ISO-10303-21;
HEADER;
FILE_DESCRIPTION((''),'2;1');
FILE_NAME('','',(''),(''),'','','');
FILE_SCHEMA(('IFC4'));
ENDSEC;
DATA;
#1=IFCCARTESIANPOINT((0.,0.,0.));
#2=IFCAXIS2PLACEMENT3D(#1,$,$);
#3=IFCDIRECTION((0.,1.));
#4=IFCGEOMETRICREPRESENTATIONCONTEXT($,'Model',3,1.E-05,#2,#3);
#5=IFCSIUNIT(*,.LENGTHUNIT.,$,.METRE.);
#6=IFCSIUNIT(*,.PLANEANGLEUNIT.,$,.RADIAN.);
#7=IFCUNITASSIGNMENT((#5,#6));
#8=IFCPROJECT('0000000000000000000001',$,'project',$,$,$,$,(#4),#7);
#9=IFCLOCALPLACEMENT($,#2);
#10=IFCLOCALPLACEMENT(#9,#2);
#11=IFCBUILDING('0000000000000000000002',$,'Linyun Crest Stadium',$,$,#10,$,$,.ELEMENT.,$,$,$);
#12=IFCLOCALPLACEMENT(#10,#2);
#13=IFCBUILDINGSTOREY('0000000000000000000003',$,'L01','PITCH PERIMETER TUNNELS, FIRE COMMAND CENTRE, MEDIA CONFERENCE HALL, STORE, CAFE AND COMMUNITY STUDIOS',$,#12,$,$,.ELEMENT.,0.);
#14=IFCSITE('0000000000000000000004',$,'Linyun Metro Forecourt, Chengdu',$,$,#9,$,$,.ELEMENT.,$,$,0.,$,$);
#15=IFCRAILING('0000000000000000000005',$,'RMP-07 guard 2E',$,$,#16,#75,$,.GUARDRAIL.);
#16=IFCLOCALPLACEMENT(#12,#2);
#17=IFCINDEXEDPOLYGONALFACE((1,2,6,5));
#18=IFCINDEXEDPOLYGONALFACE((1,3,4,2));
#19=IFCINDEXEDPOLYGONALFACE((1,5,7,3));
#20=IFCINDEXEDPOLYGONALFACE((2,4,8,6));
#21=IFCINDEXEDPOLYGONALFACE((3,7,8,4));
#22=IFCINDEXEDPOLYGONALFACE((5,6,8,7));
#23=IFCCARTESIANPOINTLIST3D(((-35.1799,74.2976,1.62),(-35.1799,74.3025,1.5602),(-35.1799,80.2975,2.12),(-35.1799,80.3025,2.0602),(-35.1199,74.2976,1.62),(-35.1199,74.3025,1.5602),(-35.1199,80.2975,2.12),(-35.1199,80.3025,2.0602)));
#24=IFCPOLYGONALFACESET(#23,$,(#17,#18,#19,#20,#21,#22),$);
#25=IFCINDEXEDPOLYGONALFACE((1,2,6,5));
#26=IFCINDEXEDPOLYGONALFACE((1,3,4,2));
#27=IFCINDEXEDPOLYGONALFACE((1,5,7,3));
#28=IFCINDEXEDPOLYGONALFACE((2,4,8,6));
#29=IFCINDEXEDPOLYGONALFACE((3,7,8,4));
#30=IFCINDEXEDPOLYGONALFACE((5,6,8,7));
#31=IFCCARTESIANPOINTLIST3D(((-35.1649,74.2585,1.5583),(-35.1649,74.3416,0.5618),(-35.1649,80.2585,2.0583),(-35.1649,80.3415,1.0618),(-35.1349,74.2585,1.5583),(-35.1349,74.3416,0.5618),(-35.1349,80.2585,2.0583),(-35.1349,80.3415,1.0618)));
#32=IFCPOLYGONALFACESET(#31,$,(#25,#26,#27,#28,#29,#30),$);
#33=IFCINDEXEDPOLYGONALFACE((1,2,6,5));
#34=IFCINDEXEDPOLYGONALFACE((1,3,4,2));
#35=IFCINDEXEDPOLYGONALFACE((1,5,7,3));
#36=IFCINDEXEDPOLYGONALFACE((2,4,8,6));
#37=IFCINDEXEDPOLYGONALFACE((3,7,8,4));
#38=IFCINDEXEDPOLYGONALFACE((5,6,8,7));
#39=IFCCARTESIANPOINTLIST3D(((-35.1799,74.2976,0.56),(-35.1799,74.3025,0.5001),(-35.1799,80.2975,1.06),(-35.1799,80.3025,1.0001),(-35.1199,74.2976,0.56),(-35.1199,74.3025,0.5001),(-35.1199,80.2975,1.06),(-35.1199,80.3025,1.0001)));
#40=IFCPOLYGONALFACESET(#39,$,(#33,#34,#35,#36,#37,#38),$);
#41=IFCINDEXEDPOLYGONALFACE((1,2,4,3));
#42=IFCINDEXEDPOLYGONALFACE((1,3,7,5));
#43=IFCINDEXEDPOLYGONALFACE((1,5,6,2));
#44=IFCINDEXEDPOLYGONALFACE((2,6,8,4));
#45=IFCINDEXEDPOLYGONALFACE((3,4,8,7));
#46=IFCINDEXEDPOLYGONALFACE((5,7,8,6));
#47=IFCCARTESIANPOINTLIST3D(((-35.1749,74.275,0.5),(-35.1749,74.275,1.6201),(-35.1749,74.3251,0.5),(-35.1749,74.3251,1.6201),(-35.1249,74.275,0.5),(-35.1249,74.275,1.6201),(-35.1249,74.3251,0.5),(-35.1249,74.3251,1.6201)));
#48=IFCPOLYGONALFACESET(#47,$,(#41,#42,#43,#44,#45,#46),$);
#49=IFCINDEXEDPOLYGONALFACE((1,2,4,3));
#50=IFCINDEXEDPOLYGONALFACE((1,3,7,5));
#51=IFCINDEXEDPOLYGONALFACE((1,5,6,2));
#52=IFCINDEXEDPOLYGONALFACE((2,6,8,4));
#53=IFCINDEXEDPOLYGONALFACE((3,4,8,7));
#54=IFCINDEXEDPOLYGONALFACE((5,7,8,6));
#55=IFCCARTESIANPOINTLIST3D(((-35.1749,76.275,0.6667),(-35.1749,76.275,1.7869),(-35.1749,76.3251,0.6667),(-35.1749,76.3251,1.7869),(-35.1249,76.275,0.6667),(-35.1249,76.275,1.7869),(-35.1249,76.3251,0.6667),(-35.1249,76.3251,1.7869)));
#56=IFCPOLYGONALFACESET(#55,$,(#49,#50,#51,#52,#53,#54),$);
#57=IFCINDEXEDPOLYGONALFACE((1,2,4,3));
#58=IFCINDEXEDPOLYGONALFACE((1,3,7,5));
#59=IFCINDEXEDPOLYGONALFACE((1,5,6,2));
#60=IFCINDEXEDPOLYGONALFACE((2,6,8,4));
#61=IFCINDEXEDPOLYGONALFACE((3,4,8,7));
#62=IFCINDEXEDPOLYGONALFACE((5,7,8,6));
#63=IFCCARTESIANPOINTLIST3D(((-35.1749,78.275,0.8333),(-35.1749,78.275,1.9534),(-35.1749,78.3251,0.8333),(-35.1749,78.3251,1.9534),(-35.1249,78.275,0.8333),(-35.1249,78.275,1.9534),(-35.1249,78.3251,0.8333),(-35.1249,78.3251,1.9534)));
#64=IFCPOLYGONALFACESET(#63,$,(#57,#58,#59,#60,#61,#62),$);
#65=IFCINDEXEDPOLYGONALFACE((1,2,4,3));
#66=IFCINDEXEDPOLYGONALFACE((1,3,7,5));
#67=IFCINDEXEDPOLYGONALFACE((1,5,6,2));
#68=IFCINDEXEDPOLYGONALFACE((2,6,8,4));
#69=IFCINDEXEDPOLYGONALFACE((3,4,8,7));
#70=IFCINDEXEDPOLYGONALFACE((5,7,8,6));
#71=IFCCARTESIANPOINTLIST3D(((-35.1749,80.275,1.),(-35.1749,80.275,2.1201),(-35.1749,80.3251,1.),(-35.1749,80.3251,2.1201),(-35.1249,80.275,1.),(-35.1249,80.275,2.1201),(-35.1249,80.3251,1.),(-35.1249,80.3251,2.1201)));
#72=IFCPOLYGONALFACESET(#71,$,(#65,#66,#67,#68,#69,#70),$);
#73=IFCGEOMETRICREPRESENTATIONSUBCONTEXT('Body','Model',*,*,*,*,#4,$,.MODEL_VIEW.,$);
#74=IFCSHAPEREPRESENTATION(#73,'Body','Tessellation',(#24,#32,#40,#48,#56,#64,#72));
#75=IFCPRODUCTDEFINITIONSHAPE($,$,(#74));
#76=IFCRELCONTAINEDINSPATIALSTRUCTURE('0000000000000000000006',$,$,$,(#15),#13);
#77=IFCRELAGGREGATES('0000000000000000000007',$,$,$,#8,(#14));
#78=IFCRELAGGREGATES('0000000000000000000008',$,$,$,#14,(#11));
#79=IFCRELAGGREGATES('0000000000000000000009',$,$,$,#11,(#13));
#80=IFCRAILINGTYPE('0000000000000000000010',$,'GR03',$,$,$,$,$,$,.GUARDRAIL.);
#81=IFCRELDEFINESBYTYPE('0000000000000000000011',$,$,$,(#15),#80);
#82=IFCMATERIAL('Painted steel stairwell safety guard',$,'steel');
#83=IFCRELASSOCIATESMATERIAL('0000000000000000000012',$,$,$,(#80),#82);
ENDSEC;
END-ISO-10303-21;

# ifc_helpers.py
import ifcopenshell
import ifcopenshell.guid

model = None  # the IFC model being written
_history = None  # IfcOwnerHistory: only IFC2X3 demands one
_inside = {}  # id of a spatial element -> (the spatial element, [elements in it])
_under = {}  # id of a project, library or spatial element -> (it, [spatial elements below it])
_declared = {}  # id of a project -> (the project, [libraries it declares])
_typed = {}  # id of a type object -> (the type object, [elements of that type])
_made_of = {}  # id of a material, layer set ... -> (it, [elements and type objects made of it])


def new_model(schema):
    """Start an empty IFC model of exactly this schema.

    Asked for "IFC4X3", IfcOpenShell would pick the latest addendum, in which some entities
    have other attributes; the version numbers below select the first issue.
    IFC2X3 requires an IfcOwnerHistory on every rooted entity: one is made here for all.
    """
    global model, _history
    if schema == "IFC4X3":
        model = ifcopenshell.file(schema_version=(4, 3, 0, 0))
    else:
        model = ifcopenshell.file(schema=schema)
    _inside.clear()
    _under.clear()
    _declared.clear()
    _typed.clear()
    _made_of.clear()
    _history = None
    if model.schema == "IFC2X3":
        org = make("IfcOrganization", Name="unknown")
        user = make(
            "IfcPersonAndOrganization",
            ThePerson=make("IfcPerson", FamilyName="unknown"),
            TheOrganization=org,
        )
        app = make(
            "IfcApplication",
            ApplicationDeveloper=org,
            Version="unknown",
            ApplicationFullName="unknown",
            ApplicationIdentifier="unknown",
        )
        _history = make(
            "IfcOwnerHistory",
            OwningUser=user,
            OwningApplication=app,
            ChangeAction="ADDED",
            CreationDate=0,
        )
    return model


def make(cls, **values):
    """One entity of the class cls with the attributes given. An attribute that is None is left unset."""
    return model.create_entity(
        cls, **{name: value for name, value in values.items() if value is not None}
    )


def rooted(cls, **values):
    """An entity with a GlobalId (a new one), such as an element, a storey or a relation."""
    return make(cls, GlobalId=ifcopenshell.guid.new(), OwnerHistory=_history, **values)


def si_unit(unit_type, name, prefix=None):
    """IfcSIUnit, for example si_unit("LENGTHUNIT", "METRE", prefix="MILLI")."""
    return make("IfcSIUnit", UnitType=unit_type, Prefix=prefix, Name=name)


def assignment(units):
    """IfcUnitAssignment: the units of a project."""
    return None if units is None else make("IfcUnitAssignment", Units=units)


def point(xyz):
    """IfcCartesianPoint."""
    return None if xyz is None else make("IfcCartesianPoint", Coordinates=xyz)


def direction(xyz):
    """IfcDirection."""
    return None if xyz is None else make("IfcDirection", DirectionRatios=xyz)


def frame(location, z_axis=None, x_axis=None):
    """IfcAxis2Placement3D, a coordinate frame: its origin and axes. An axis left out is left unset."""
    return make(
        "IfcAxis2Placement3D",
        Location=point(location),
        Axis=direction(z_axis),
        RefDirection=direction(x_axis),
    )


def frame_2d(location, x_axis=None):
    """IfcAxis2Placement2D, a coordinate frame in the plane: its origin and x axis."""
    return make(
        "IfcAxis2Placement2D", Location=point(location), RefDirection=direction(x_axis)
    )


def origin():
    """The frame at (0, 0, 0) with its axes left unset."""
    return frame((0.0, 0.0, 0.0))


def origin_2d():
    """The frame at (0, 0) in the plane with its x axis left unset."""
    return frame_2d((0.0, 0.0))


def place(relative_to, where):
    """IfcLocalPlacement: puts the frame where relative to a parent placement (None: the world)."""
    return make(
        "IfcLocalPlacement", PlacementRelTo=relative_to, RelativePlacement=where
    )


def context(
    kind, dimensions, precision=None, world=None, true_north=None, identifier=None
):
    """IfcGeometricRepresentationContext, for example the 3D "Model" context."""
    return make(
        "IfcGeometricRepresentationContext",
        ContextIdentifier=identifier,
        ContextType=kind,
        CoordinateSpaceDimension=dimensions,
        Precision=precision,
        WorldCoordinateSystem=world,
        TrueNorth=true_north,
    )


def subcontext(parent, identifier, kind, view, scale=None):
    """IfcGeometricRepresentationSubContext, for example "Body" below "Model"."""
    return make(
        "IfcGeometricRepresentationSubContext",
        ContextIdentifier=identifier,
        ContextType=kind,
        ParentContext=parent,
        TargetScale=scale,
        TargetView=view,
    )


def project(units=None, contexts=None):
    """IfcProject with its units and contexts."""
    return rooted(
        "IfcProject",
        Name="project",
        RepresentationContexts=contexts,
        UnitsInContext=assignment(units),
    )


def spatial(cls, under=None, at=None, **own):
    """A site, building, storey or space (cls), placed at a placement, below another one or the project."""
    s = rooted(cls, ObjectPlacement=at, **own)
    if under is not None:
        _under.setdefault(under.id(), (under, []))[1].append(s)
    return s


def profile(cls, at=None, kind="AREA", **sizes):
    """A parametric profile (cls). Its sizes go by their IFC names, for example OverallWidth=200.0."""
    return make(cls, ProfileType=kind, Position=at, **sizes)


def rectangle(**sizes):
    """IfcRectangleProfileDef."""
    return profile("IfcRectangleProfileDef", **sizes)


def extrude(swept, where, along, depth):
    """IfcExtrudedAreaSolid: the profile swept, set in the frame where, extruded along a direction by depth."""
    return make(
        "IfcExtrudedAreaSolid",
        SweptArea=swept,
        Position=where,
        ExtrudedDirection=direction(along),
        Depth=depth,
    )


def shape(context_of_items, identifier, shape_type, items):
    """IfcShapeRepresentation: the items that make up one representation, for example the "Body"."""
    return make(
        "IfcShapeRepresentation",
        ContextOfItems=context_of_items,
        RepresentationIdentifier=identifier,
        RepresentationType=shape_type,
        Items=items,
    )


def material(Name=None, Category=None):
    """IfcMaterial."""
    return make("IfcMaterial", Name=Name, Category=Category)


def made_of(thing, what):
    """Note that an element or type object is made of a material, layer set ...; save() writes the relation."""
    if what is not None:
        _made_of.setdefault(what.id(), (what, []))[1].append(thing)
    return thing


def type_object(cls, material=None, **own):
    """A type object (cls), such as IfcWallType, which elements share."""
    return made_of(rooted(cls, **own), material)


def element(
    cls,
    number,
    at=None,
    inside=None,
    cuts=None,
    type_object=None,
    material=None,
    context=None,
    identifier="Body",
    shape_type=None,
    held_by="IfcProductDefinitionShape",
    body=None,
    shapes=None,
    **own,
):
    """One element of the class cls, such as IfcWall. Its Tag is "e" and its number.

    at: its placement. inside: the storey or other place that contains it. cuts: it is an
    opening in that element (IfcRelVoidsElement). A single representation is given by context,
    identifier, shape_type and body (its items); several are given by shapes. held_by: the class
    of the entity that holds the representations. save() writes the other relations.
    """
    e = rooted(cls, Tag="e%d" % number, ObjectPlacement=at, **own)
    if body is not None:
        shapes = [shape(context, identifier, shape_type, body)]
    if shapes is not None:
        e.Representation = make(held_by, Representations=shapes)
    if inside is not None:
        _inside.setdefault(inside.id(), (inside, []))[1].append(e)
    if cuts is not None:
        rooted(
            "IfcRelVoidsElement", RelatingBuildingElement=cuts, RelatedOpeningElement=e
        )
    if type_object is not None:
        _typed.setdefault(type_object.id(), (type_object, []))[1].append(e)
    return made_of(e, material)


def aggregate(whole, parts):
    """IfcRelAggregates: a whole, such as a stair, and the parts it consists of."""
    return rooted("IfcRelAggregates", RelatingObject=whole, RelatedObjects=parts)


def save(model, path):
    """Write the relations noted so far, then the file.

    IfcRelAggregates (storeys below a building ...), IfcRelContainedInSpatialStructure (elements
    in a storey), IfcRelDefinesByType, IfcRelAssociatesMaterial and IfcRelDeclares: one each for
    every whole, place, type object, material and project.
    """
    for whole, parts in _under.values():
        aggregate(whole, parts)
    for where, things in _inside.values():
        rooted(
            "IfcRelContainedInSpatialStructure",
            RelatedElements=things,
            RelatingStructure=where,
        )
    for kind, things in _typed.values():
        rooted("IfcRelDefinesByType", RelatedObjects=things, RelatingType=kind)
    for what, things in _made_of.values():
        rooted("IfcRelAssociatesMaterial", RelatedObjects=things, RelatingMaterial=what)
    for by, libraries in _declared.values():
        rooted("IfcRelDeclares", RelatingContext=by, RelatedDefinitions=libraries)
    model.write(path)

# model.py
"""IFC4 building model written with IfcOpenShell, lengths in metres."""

from ifc_helpers import new_model, si_unit, direction, frame, origin, origin_2d, place, context, subcontext, project, spatial, rectangle, extrude, material, type_object, element, save


model = new_model("IFC4")

# Units and contexts
model_context = context("Model", 3, precision=1e-05, world=origin(), true_north=direction((0.0, 1.0)))
body_context = subcontext(model_context, "Body", "Model", "MODEL_VIEW")
ifc_project = project(units=[si_unit("LENGTHUNIT", "METRE"), si_unit("PLANEANGLEUNIT", "RADIAN")], contexts=[model_context])

# Site, building, storey
site_placement = place(None, origin())
site = spatial("IfcSite", under=ifc_project, at=site_placement, Name="Linyun Metro Forecourt, Chengdu", CompositionType="ELEMENT", RefElevation=0.0)
building_placement = place(site_placement, origin())
building = spatial("IfcBuilding", under=site, at=building_placement, Name="Linyun Crest Stadium", CompositionType="ELEMENT")
storey_placement = place(building_placement, origin())
storey = spatial("IfcBuildingStorey", under=building, at=storey_placement, Name="L01", Description="PITCH PERIMETER TUNNELS, FIRE COMMAND CENTRE, MEDIA CONFERENCE HALL, STORE, CAFE AND COMMUNITY STUDIOS", CompositionType="ELEMENT", Elevation=0.0)

# Railing
ifc_material_1 = material(Name="Painted steel stairwell safety guard", Category="steel")
railing_type_1 = type_object("IfcRailingType", Name="GR03", PredefinedType="GUARDRAIL", material=ifc_material_1)
for number, where, name in (
    (1, (-35.1499, 74.3, 0.5), "RMP-07 guard 2E"),
):
    element("IfcRailing", number, at=place(storey_placement, frame(where)), inside=storey, type_object=railing_type_1, Name=name, PredefinedType="GUARDRAIL", context=body_context, shape_type="SweptSolid", body=[
        extrude(rectangle(XDim=0.0601, YDim=0.0601, at=origin_2d()), frame((0.0, 0.0, 1.0901), z_axis=(0.0, 0.996546, 0.083045), x_axis=(-1.0, 0.0, 0.0)), (0.0, 0.0, 1.0), 6.0208),
        extrude(rectangle(XDim=0.03, YDim=1.0, at=origin_2d()), frame((0.0, 0.0, 0.5601), z_axis=(0.0, 0.996546, 0.083045), x_axis=(-1.0, 0.0, 0.0)), (0.0, 0.0, 1.0), 6.0208),
        extrude(rectangle(XDim=0.0601, YDim=0.0601, at=origin_2d()), frame((0.0, 0.0, 0.03), z_axis=(0.0, 0.996546, 0.083045), x_axis=(-1.0, 0.0, 0.0)), (0.0, 0.0, 1.0), 6.0208),
        extrude(rectangle(XDim=0.05, YDim=0.05, at=origin_2d()), origin(), (0.0, 0.0, 1.0), 1.1201),
        extrude(rectangle(XDim=0.05, YDim=0.05, at=origin_2d()), frame((0.0, 2.0, 0.1667)), (0.0, 0.0, 1.0), 1.1201),
        extrude(rectangle(XDim=0.05, YDim=0.05, at=origin_2d()), frame((0.0, 4.0, 0.3333)), (0.0, 0.0, 1.0), 1.1201),
        extrude(rectangle(XDim=0.05, YDim=0.05, at=origin_2d()), frame((0.0, 6.0, 0.5)), (0.0, 0.0, 1.0), 1.1201),
    ])

save(model, "model.ifc")
